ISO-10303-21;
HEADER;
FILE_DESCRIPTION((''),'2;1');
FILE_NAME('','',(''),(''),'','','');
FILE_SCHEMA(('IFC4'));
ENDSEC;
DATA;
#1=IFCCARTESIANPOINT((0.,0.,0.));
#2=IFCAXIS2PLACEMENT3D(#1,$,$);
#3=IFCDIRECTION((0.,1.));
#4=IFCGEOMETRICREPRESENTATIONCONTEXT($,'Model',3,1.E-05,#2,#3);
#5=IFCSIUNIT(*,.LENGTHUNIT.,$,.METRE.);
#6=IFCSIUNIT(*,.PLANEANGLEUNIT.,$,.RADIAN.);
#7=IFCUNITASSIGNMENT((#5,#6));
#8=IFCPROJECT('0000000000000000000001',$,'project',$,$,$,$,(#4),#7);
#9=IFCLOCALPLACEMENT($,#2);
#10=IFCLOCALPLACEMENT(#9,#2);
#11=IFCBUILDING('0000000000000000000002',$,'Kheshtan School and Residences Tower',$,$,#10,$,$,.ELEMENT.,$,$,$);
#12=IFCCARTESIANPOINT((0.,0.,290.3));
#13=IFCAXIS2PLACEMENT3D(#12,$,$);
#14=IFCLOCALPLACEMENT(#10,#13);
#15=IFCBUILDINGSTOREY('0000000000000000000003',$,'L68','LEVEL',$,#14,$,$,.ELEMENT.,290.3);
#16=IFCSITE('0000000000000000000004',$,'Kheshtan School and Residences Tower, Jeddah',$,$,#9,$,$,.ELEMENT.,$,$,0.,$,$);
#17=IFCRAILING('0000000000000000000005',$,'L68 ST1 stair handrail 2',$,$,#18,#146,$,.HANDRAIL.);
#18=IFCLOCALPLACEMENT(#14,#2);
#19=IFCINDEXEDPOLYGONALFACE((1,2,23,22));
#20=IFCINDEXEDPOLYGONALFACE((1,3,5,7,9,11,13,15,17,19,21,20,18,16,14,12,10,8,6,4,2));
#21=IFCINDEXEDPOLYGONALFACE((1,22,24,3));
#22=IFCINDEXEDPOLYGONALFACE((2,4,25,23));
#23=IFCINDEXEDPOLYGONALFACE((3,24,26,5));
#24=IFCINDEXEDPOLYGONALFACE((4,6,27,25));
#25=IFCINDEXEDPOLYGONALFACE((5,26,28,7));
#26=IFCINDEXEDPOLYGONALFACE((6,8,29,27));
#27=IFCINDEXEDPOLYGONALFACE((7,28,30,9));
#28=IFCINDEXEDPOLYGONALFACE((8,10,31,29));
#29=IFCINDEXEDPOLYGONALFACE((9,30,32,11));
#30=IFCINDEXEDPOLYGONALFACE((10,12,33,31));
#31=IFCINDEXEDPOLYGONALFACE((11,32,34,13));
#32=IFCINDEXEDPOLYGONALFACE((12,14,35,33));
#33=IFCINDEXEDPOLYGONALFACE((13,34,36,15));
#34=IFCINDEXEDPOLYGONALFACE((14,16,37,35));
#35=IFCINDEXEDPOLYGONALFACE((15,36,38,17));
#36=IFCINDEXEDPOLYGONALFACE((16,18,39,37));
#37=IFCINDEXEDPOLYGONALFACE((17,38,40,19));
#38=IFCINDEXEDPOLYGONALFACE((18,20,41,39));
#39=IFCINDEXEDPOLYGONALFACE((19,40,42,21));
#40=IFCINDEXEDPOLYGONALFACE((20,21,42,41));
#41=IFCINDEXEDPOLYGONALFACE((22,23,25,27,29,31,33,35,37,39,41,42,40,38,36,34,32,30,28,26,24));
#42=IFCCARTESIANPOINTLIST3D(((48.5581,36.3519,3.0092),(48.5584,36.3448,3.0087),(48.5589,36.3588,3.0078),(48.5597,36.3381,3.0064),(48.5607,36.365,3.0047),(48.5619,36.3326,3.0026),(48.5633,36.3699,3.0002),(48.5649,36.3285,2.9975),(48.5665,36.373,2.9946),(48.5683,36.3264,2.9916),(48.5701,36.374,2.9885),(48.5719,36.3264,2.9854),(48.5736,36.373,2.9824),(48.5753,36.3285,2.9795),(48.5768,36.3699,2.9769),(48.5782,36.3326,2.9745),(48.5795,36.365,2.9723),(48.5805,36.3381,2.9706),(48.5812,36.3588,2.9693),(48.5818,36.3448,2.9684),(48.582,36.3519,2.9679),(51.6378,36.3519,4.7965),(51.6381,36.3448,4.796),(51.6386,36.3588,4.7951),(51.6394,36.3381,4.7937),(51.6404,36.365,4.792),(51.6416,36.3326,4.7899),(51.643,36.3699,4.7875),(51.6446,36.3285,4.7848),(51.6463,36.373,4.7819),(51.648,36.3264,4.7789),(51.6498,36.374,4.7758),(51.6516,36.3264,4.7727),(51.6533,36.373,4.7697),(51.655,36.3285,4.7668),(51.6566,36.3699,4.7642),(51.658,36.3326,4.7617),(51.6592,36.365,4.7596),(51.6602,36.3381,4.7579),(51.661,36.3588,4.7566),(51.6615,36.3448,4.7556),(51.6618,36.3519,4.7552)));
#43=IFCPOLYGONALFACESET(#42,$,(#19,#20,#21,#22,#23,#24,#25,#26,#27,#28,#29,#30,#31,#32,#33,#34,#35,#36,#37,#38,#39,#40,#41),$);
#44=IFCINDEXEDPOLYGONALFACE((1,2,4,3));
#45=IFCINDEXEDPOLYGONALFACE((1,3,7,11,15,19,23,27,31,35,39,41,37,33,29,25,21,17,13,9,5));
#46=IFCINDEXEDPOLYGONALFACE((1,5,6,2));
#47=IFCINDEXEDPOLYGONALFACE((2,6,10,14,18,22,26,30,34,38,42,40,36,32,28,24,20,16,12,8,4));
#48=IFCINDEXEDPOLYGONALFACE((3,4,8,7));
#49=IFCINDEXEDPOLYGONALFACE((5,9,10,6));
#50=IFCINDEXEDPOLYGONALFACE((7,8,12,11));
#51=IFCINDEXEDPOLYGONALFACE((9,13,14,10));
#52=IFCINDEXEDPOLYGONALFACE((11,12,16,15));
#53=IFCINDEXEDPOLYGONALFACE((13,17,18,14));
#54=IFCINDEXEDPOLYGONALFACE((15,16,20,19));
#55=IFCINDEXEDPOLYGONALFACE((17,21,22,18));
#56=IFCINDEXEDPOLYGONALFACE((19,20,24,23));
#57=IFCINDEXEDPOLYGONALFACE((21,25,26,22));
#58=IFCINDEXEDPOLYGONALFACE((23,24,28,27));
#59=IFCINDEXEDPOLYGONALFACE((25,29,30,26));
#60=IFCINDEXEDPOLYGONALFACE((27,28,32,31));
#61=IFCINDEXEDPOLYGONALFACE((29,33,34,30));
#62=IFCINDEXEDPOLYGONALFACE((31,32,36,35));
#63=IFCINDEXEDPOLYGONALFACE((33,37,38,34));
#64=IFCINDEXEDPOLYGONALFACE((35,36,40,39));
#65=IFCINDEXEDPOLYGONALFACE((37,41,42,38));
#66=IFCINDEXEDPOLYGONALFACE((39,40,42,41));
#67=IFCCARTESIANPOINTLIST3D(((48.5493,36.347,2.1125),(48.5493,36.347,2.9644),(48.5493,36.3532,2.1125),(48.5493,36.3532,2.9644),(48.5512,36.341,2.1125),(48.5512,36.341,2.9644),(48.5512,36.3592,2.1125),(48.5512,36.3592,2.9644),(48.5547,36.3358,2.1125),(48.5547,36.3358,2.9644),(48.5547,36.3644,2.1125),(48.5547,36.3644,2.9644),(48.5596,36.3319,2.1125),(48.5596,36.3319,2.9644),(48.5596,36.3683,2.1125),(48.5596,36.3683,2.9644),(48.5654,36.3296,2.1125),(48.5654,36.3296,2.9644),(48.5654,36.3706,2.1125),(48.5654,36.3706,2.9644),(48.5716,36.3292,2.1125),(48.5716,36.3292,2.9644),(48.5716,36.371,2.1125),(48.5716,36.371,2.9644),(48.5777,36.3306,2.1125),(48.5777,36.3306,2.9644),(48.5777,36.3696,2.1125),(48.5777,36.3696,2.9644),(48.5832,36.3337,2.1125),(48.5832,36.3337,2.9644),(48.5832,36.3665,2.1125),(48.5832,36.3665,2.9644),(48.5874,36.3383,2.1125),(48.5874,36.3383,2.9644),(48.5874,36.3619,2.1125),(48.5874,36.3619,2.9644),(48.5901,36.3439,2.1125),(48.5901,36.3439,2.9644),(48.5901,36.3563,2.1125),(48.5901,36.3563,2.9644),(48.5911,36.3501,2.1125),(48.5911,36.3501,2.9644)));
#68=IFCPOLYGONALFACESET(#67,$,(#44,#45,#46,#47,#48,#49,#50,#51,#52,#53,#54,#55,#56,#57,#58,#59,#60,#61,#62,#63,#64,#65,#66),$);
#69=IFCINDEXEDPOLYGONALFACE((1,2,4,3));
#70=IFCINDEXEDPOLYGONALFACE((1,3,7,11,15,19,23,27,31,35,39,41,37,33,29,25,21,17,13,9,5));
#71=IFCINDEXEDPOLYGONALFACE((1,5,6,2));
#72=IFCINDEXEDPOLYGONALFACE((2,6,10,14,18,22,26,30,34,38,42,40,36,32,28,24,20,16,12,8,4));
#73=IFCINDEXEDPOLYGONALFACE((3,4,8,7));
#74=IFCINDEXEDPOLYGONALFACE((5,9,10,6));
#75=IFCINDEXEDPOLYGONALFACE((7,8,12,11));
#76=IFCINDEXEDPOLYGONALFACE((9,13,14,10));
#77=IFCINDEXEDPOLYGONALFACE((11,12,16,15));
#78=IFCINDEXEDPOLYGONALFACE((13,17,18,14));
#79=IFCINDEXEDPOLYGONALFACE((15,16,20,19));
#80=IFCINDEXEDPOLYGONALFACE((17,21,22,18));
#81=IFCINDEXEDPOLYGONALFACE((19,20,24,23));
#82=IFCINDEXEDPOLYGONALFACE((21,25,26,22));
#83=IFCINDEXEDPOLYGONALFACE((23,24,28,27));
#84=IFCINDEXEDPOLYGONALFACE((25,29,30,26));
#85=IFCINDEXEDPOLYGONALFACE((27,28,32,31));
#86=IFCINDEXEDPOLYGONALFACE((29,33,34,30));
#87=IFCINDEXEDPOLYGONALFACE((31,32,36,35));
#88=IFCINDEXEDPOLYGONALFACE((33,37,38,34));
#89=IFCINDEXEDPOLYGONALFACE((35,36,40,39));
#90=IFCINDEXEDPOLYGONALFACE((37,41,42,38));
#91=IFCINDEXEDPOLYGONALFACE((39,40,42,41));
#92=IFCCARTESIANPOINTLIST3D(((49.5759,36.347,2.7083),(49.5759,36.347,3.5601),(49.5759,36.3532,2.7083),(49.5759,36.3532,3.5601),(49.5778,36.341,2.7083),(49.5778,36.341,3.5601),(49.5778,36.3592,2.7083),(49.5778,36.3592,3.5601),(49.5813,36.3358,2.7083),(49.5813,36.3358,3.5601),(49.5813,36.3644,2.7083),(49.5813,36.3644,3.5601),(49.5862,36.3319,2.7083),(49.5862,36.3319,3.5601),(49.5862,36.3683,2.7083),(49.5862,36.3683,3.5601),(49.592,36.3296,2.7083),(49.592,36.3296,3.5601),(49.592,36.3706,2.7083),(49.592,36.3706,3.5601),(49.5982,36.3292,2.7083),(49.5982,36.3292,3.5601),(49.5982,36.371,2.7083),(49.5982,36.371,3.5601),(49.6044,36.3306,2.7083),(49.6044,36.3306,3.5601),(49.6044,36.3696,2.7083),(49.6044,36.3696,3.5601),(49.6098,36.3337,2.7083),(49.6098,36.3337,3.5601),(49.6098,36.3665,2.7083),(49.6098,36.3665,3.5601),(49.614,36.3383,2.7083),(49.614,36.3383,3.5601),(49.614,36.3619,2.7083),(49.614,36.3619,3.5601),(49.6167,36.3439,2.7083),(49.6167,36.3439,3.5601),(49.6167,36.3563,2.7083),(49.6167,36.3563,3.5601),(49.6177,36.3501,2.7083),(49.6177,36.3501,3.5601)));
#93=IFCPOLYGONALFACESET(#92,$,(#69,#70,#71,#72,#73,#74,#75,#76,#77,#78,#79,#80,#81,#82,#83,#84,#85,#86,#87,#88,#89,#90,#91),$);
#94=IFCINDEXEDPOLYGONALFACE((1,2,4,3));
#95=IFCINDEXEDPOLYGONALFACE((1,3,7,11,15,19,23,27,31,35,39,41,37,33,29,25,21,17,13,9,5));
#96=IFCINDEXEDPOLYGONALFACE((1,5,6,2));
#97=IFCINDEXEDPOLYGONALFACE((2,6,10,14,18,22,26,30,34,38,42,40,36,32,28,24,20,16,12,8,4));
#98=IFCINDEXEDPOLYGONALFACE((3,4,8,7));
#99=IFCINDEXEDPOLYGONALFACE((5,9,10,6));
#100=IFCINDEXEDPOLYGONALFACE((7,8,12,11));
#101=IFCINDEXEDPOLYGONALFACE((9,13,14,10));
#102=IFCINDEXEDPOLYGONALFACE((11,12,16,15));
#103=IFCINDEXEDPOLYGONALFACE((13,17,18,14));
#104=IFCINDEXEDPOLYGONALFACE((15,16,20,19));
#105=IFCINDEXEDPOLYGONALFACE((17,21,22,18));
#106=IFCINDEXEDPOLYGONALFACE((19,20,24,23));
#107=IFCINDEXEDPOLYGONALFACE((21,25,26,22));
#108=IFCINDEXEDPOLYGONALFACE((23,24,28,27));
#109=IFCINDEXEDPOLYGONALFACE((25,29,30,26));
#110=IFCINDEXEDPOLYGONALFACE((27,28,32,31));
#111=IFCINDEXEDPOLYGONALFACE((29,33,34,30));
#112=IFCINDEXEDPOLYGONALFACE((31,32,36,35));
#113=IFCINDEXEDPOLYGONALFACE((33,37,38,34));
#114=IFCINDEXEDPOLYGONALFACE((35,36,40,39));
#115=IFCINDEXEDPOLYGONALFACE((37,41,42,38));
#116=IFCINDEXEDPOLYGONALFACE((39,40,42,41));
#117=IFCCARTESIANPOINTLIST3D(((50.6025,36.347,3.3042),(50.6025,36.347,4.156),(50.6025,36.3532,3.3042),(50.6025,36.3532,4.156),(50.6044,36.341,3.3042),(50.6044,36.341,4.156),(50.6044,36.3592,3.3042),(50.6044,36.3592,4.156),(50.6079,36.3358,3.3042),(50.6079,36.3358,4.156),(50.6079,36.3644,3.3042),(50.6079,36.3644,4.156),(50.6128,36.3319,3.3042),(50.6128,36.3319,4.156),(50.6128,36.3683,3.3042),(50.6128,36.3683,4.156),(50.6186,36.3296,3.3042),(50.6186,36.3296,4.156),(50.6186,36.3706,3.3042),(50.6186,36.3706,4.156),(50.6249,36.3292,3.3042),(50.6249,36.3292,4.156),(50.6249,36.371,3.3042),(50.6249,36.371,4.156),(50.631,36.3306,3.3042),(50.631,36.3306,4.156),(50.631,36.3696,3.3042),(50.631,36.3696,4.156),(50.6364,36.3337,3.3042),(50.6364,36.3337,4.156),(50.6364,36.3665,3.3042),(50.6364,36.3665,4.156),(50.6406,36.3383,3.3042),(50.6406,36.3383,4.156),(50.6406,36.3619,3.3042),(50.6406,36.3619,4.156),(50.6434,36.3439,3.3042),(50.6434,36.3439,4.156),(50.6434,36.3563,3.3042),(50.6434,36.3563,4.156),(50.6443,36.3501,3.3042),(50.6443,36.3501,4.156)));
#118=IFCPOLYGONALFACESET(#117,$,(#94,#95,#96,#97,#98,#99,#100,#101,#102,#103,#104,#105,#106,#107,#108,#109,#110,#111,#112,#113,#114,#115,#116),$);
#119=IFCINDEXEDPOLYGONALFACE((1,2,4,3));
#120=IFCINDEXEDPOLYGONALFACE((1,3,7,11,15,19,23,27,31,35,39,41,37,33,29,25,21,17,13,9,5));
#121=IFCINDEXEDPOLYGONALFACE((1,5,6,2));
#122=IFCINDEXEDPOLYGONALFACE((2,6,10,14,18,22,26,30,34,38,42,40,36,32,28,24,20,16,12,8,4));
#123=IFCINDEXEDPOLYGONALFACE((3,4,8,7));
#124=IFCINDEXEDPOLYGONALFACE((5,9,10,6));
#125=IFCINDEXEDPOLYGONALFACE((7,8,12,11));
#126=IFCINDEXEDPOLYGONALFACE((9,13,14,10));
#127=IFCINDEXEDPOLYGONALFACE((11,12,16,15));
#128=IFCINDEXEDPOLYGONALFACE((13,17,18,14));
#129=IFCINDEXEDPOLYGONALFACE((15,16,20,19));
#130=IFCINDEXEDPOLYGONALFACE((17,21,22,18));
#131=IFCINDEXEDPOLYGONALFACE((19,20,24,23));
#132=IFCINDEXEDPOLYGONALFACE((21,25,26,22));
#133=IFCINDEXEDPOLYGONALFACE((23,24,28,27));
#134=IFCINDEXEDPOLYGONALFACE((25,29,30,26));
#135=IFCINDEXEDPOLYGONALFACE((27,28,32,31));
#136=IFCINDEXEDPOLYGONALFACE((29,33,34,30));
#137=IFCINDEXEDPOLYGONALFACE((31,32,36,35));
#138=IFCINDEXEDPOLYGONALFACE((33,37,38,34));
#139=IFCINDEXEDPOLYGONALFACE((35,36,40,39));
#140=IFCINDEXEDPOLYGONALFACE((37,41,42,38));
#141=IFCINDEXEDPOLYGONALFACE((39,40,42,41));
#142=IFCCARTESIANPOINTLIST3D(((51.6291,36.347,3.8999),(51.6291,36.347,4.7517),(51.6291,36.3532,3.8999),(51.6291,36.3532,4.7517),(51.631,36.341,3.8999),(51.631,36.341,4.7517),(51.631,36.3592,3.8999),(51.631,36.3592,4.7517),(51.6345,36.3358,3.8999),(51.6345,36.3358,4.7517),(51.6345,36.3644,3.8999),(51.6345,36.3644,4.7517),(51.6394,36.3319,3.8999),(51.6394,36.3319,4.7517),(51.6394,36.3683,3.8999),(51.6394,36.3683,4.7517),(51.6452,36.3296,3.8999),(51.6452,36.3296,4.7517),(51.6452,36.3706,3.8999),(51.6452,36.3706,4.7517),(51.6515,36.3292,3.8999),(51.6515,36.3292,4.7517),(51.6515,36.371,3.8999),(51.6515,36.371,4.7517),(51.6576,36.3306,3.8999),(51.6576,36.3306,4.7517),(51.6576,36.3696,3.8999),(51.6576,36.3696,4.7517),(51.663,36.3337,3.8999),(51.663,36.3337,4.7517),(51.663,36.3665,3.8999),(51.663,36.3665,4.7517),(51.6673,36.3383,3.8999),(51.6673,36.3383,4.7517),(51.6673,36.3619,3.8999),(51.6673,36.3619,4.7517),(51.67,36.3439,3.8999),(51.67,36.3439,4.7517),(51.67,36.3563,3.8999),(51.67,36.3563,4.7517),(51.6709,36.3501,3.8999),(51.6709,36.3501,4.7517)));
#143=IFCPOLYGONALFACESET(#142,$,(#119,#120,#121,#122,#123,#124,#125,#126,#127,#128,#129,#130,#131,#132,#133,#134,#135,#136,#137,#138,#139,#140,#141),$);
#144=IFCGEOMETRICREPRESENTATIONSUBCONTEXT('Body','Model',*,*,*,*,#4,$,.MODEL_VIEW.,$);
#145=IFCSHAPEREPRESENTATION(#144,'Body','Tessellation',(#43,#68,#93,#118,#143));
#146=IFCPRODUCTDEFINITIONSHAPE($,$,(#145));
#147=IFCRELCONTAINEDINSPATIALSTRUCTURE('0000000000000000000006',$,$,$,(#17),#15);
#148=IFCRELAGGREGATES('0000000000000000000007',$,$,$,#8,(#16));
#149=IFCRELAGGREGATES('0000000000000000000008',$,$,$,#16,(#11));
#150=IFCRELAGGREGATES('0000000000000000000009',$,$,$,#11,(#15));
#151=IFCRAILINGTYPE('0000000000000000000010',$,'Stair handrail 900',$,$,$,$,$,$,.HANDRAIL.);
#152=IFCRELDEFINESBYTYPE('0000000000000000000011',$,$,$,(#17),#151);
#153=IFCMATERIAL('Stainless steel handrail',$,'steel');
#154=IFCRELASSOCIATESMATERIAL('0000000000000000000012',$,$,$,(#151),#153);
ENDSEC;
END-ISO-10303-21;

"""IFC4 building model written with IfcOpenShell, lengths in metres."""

from ifc_helpers import new_model, si_unit, direction, frame, origin, origin_2d, place, context, subcontext, project, spatial, circle, extrude, material, type_object, element, save


model = new_model("IFC4")

# Units and contexts
model_context = context("Model", 3, precision=1e-05, world=origin(), true_north=direction((0.0, 1.0)))
body_context = subcontext(model_context, "Body", "Model", "MODEL_VIEW")
ifc_project = project(units=[si_unit("LENGTHUNIT", "METRE"), si_unit("PLANEANGLEUNIT", "RADIAN")], contexts=[model_context])

# Site, building, storey
site_placement = place(None, origin())
site = spatial("IfcSite", under=ifc_project, at=site_placement, Name="Kheshtan School and Residences Tower, Jeddah", CompositionType="ELEMENT", RefElevation=0.0)
building_placement = place(site_placement, origin())
building = spatial("IfcBuilding", under=site, at=building_placement, Name="Kheshtan School and Residences Tower", CompositionType="ELEMENT")
storey_placement = place(building_placement, frame((0.0, 0.0, 290.3)))
storey = spatial("IfcBuildingStorey", under=building, at=storey_placement, Name="L68", Description="LEVEL", CompositionType="ELEMENT", Elevation=290.3)

# Railing
ifc_material_1 = material(Name="Stainless steel handrail", Category="steel")
railing_type = type_object("IfcRailingType", Name="Stair handrail 900", PredefinedType="HANDRAIL", material=ifc_material_1)
railing_placement = place(storey_placement, frame((48.5701, 36.3501, 2.1125)))
element("IfcRailing", 1, at=railing_placement, inside=storey, type_object=railing_type, Name="L68 ST1 stair handrail 2", PredefinedType="HANDRAIL", context=body_context, shape_type="SweptSolid", body=[
    extrude(circle(Radius=0.0239, at=origin_2d()), frame((0.0, 0.0, 0.876), z_axis=(0.864903, 0.0, 0.501939), x_axis=(0.0, 1.0, 0.0)), (0.0, 0.0, 1.0), 3.5608),
    extrude(circle(Radius=0.021, at=origin_2d()), origin(), (0.0, 0.0, 1.0), 0.8518),
    extrude(circle(Radius=0.021, at=origin_2d()), frame((1.0266, 0.0, 0.5957)), (0.0, 0.0, 1.0), 0.8518),
    extrude(circle(Radius=0.021, at=origin_2d()), frame((2.0532, 0.0, 1.1917)), (0.0, 0.0, 1.0), 0.8518),
    extrude(circle(Radius=0.021, at=origin_2d()), frame((3.0798, 0.0, 1.7874)), (0.0, 0.0, 1.0), 0.8518),
])

save(model, "model.ifc")
